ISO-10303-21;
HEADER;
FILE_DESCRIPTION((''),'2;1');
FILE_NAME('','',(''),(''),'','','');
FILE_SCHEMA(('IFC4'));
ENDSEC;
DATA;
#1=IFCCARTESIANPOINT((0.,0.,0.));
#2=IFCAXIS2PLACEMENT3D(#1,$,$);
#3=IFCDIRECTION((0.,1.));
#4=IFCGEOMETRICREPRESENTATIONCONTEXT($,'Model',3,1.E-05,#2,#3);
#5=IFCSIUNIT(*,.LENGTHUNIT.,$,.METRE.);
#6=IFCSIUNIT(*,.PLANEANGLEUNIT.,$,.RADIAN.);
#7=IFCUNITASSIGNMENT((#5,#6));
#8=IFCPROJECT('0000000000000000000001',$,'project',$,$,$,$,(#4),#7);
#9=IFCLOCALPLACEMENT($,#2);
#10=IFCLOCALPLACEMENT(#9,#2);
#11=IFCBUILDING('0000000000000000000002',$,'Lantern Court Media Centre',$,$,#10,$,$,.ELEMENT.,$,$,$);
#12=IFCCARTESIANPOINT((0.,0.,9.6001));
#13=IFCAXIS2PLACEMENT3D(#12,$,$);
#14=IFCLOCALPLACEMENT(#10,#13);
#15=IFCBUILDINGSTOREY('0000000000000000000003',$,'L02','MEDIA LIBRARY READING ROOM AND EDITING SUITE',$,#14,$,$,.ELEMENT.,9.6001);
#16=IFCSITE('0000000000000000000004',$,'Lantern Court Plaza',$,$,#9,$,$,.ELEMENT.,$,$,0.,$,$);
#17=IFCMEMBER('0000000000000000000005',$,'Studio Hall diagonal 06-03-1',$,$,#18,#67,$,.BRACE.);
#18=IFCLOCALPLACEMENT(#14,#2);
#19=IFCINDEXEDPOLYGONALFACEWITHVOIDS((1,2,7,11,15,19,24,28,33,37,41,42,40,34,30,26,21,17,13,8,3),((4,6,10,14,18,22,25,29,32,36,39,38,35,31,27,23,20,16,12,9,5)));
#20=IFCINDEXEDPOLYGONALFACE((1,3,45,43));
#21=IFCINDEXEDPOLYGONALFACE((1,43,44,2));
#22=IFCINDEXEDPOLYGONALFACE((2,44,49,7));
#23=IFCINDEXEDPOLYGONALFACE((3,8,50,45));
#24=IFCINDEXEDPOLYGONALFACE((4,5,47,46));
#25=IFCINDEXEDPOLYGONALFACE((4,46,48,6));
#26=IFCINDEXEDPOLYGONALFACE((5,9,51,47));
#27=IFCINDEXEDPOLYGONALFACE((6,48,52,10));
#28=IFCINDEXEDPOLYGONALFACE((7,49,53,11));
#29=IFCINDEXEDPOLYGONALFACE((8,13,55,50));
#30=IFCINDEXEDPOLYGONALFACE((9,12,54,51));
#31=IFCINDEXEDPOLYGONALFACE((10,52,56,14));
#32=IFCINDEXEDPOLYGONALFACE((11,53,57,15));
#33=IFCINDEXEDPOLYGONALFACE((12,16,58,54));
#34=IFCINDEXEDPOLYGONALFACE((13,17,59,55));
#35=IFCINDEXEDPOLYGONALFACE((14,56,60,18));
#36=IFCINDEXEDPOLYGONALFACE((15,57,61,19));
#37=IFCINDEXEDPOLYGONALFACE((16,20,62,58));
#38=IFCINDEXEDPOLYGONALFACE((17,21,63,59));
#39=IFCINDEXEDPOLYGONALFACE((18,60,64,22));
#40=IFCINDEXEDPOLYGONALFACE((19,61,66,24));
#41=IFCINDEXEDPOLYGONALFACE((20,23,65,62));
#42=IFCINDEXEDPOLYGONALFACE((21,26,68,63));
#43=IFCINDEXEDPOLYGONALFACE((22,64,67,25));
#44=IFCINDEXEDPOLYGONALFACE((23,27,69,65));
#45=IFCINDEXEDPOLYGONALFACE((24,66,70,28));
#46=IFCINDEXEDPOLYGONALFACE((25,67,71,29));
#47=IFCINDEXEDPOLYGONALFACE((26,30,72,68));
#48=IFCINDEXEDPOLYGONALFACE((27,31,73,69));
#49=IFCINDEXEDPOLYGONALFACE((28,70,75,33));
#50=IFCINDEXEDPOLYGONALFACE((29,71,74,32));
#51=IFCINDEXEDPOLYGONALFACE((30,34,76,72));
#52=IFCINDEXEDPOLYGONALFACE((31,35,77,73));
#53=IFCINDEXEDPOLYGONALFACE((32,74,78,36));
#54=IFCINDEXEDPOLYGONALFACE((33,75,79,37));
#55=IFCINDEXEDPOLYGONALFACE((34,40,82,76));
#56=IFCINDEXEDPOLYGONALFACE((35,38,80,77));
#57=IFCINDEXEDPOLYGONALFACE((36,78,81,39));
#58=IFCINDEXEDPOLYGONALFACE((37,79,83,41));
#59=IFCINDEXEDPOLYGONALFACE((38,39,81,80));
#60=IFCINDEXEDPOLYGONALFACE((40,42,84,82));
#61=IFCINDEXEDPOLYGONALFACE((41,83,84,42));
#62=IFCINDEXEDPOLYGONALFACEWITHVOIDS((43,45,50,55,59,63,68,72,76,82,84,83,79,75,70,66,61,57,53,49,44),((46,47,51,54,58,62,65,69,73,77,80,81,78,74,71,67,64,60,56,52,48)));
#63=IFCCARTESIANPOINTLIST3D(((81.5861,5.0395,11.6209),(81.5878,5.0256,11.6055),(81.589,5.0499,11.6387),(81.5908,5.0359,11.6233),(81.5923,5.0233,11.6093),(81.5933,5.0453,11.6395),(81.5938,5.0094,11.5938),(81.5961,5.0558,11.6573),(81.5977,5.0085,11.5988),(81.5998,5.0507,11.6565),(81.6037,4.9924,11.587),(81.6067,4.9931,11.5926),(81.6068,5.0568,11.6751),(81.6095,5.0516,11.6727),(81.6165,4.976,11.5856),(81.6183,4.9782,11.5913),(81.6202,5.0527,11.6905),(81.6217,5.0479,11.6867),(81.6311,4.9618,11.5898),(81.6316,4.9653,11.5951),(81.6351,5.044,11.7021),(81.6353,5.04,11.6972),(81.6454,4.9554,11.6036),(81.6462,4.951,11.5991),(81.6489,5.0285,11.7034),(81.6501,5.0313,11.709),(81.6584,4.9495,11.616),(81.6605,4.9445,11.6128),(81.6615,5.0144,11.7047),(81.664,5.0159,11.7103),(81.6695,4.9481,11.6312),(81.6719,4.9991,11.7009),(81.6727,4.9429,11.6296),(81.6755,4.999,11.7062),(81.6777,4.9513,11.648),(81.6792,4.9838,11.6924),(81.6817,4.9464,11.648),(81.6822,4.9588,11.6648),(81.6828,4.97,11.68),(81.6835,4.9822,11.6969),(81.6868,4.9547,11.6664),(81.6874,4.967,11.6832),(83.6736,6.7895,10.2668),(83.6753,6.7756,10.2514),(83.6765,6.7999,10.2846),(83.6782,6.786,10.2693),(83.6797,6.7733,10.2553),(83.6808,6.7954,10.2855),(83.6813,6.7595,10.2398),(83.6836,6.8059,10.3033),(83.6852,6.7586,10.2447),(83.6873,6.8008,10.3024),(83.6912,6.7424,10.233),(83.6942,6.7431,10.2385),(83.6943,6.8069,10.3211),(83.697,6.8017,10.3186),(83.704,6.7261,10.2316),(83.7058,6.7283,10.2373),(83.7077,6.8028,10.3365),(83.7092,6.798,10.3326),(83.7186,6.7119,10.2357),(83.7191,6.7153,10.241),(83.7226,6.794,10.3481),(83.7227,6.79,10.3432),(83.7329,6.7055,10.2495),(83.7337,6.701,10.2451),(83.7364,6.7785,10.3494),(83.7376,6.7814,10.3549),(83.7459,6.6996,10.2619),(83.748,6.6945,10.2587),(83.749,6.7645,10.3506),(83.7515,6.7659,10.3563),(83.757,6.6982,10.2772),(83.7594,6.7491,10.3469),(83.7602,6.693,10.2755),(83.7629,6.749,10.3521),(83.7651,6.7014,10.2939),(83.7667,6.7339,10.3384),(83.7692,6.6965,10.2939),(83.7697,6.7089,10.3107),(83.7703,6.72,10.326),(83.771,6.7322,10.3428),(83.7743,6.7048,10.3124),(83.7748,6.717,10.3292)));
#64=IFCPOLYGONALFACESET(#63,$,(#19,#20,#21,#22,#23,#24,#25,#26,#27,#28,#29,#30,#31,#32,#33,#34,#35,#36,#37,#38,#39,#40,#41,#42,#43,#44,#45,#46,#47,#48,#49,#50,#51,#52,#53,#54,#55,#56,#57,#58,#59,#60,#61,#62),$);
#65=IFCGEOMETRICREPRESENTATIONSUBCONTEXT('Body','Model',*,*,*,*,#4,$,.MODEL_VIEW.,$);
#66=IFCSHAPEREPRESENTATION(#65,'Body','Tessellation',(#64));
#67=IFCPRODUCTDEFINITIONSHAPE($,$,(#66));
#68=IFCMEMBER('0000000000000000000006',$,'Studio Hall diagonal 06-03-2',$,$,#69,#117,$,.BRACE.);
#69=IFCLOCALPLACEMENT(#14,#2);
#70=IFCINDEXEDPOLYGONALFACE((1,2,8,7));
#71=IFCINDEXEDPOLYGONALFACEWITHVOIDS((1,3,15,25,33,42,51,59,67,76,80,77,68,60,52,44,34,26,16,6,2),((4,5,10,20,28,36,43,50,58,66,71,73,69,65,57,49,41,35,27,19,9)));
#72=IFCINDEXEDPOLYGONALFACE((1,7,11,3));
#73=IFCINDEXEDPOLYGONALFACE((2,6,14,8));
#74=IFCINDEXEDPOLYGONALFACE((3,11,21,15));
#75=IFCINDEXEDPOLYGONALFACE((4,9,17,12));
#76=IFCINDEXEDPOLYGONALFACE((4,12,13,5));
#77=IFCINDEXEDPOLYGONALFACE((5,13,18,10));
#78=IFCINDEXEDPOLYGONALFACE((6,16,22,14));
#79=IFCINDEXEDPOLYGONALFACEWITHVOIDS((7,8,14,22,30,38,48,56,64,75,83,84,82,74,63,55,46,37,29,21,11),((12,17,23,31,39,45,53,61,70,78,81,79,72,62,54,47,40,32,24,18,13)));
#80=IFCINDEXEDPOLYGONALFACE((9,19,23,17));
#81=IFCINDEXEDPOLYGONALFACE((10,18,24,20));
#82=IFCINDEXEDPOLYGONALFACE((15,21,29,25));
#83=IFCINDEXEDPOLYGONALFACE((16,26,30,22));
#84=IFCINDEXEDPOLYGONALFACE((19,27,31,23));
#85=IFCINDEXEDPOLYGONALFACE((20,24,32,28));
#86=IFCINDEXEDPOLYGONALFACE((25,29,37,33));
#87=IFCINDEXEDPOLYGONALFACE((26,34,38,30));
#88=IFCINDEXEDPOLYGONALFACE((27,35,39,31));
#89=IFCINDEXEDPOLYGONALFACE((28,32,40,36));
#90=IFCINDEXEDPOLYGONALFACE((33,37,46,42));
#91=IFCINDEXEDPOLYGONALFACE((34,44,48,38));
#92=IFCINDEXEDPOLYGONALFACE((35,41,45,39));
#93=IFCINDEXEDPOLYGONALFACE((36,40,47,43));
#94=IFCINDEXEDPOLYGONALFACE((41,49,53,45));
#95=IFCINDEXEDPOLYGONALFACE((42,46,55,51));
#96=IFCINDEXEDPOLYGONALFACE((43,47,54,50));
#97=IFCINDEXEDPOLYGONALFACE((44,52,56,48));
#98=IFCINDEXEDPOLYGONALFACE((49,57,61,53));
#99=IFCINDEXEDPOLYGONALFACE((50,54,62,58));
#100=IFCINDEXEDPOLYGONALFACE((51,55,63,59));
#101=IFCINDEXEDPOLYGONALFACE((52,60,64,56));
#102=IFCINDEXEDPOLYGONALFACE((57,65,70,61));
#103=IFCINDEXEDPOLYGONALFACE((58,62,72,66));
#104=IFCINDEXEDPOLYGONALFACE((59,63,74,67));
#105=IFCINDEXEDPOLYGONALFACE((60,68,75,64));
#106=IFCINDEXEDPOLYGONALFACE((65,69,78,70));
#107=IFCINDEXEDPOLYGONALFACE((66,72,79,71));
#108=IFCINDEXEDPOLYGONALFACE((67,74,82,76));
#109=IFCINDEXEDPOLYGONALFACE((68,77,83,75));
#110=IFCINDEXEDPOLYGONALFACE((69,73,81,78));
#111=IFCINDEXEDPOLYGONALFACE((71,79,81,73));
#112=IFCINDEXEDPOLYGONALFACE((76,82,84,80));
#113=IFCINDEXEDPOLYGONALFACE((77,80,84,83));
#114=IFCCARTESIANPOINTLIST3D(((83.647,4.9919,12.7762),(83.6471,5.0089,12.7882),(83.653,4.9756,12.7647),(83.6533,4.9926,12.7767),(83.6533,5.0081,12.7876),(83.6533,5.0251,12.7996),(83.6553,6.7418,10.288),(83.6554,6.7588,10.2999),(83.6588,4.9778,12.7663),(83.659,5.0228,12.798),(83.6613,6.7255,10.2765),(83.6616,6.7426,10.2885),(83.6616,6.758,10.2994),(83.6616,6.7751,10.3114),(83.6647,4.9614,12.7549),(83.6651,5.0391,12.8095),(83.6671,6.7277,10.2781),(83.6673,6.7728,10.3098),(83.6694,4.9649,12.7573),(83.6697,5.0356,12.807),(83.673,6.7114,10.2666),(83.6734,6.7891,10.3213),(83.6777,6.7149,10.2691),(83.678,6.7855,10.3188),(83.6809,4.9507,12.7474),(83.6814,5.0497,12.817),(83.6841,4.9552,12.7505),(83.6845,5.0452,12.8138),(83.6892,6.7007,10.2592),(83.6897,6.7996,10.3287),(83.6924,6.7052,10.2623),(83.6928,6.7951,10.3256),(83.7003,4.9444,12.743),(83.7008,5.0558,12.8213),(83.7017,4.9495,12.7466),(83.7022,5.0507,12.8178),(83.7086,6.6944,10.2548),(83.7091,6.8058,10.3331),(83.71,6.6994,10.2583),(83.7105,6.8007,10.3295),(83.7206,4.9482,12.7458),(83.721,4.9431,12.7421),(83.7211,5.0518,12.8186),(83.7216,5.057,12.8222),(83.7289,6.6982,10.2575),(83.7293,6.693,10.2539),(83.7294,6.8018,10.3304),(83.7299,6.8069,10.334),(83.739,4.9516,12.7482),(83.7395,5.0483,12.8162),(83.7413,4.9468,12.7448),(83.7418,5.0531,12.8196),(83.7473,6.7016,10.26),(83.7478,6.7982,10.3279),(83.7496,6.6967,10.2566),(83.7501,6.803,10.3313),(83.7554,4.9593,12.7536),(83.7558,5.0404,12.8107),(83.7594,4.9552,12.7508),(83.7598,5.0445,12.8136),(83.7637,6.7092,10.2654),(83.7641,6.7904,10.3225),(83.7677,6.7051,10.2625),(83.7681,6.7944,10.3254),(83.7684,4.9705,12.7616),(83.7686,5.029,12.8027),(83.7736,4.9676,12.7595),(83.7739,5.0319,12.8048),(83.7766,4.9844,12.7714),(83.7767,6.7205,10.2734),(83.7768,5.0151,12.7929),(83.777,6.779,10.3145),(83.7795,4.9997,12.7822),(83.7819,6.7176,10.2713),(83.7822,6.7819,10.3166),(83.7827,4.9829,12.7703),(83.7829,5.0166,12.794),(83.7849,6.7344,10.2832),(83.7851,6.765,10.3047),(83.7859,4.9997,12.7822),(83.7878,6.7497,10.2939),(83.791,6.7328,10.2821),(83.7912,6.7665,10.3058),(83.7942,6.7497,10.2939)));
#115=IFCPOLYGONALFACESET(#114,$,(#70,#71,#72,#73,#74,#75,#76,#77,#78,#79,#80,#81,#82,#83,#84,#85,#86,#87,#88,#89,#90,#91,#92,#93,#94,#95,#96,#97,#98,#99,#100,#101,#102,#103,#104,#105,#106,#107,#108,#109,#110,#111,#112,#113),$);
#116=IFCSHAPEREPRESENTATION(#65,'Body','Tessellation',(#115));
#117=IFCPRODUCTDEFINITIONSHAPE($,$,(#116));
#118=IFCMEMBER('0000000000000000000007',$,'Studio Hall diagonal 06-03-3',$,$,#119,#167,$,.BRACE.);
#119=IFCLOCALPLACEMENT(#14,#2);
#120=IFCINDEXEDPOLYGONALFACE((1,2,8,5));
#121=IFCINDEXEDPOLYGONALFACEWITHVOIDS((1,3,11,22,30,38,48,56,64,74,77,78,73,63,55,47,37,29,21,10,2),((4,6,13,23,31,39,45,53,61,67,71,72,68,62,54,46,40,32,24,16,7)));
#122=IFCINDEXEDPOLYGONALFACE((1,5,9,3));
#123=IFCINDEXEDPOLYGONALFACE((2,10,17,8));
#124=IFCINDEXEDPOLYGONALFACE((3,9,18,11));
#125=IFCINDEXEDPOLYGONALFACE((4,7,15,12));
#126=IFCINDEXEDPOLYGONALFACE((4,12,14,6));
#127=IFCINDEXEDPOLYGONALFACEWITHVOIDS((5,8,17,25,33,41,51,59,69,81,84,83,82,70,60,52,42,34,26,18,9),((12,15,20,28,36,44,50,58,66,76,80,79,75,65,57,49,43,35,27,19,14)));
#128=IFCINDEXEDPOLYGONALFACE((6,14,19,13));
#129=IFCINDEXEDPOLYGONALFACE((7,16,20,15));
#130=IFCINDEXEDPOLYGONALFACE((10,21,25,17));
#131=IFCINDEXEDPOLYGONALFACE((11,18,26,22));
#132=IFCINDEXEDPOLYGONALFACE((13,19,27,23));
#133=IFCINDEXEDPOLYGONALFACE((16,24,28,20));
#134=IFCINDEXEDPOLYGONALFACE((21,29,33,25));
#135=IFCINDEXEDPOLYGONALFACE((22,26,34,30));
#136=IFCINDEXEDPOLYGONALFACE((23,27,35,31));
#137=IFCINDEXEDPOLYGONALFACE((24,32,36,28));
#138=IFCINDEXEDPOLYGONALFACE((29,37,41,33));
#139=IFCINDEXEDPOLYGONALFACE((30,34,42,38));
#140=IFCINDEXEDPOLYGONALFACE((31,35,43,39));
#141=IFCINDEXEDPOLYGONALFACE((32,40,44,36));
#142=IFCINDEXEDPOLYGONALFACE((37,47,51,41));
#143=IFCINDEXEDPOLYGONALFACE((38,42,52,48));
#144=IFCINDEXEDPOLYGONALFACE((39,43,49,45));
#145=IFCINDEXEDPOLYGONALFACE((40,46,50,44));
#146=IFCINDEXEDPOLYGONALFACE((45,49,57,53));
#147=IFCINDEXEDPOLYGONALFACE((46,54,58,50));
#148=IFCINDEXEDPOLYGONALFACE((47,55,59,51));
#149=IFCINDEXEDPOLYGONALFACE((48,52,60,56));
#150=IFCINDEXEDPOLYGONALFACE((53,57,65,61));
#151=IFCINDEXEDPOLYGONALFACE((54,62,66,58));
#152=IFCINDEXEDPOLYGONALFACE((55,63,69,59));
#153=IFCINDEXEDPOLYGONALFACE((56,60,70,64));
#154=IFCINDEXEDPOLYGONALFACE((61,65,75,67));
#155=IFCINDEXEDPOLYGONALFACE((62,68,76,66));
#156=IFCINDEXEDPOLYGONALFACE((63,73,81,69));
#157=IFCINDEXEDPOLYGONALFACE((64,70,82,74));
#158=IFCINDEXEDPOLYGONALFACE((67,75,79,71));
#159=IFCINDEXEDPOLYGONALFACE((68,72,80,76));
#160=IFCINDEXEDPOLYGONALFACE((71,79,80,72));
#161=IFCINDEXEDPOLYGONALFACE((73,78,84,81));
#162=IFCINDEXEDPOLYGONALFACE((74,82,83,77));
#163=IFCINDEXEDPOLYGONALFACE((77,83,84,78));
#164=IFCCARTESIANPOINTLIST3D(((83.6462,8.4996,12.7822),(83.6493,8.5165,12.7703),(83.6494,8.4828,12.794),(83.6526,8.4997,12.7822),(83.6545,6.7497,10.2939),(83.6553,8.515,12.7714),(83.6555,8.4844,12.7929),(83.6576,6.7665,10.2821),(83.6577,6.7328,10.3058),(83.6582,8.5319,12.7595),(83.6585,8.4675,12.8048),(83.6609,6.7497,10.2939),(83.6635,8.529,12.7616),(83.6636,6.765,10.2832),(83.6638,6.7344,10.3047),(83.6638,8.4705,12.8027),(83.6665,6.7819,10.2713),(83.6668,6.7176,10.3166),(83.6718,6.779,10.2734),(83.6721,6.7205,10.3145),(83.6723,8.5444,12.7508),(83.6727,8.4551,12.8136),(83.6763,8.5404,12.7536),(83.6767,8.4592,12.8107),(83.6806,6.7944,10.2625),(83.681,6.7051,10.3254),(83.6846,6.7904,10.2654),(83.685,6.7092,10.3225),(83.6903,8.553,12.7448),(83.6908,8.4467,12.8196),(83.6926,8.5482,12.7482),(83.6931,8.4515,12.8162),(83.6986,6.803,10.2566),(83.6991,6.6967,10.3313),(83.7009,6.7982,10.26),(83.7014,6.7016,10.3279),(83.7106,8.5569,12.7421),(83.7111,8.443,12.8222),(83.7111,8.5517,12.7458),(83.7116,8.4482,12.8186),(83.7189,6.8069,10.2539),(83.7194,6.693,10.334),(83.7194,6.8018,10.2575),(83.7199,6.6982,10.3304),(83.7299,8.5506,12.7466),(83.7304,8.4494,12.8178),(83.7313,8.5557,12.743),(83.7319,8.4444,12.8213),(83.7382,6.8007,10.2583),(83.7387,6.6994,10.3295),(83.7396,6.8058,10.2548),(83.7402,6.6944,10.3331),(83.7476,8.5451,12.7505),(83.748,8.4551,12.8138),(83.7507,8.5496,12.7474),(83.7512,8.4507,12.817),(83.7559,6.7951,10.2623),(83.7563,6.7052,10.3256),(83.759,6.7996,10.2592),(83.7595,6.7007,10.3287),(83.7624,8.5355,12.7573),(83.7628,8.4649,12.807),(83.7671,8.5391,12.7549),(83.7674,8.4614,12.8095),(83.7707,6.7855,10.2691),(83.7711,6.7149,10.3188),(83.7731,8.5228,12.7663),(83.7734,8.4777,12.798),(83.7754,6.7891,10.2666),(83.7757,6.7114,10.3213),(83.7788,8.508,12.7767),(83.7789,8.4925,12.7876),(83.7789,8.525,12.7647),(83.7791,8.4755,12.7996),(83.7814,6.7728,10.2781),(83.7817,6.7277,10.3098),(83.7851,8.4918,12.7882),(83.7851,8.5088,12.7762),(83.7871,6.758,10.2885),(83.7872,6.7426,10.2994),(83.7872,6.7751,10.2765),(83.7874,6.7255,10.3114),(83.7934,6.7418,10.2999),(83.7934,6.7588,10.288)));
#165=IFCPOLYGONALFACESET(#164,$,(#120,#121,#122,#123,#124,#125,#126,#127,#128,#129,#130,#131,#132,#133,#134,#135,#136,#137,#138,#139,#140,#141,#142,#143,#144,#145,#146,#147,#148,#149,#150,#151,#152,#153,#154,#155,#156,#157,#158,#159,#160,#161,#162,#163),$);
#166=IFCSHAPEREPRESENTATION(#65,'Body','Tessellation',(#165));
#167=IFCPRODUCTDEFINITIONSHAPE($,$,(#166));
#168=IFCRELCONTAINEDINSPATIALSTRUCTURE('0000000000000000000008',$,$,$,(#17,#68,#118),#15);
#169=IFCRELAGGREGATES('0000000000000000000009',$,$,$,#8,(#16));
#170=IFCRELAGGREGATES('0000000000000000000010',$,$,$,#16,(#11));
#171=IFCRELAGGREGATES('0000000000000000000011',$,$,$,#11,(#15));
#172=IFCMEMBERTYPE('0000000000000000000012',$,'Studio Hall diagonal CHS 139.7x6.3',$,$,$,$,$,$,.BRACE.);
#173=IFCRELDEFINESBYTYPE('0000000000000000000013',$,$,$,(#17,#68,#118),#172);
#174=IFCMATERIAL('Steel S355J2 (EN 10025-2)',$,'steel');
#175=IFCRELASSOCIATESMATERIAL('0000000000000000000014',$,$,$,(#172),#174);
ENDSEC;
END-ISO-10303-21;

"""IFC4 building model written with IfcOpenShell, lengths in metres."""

from ifc_helpers import new_model, si_unit, direction, frame, origin, origin_2d, place, context, subcontext, project, spatial, hollow_circle, extrude, material, material_profile, profile_set, type_object, element, save


model = new_model("IFC4")

# Units and contexts
model_context = context("Model", 3, precision=1e-05, world=origin(), true_north=direction((0.0, 1.0)))
body_context = subcontext(model_context, "Body", "Model", "MODEL_VIEW")
ifc_project = project(units=[si_unit("LENGTHUNIT", "METRE"), si_unit("PLANEANGLEUNIT", "RADIAN")], contexts=[model_context])

# Site, building, storey
site_placement = place(None, origin())
site = spatial("IfcSite", under=ifc_project, at=site_placement, Name="Lantern Court Plaza", CompositionType="ELEMENT", RefElevation=0.0)
building_placement = place(site_placement, origin())
building = spatial("IfcBuilding", under=site, at=building_placement, Name="Lantern Court Media Centre", CompositionType="ELEMENT")
storey_placement = place(building_placement, frame((0.0, 0.0, 9.6001)))
storey = spatial("IfcBuildingStorey", under=building, at=storey_placement, Name="L02", Description="MEDIA LIBRARY READING ROOM AND EDITING SUITE", CompositionType="ELEMENT", Elevation=9.6001)

# Members
ifc_material = material(Name="Steel S355J2 (EN 10025-2)", Category="steel")
ifc_material_profile_1 = material_profile(ifc_material, hollow_circle(Radius=0.0698, WallThickness=0.0063, at=origin_2d()), Name="Studio Hall diagonal CHS 139.7x6.3")
ifc_profile_set_1 = profile_set([ifc_material_profile_1], Name="Steel S355J2 (EN 10025-2)")
member_type_1 = type_object("IfcMemberType", Name="Studio Hall diagonal CHS 139.7x6.3", PredefinedType="BRACE", material=ifc_profile_set_1)
for number, where, z_axis, x_axis, name in (
    (1, (83.7244, 6.75, 10.2939), (-0.68622, -0.575301, 0.44512), (0.642456, -0.766322, 0.0), "Studio Hall diagonal 06-03-1"),
    (2, (83.7244, 6.75, 10.2939), (-0.002729, -0.575269, 0.81796), (0.999989, -0.004743, 0.0), "Studio Hall diagonal 06-03-2"),
    (3, (83.7244, 6.75, 10.2939), (-0.002729, 0.575269, 0.81796), (-0.999989, -0.004743, 0.0), "Studio Hall diagonal 06-03-3"),
):
    element("IfcMember", number, at=place(storey_placement, frame(where, z_axis=z_axis, x_axis=x_axis)), inside=storey, type_object=member_type_1, Name=name, PredefinedType="BRACE", context=body_context, shape_type="SweptSolid", body=[
        extrude(hollow_circle(Radius=0.0698, WallThickness=0.0063, at=origin_2d()), origin(), (0.0, 0.0, 1.0), 3.042),
    ])

save(model, "model.ifc")
